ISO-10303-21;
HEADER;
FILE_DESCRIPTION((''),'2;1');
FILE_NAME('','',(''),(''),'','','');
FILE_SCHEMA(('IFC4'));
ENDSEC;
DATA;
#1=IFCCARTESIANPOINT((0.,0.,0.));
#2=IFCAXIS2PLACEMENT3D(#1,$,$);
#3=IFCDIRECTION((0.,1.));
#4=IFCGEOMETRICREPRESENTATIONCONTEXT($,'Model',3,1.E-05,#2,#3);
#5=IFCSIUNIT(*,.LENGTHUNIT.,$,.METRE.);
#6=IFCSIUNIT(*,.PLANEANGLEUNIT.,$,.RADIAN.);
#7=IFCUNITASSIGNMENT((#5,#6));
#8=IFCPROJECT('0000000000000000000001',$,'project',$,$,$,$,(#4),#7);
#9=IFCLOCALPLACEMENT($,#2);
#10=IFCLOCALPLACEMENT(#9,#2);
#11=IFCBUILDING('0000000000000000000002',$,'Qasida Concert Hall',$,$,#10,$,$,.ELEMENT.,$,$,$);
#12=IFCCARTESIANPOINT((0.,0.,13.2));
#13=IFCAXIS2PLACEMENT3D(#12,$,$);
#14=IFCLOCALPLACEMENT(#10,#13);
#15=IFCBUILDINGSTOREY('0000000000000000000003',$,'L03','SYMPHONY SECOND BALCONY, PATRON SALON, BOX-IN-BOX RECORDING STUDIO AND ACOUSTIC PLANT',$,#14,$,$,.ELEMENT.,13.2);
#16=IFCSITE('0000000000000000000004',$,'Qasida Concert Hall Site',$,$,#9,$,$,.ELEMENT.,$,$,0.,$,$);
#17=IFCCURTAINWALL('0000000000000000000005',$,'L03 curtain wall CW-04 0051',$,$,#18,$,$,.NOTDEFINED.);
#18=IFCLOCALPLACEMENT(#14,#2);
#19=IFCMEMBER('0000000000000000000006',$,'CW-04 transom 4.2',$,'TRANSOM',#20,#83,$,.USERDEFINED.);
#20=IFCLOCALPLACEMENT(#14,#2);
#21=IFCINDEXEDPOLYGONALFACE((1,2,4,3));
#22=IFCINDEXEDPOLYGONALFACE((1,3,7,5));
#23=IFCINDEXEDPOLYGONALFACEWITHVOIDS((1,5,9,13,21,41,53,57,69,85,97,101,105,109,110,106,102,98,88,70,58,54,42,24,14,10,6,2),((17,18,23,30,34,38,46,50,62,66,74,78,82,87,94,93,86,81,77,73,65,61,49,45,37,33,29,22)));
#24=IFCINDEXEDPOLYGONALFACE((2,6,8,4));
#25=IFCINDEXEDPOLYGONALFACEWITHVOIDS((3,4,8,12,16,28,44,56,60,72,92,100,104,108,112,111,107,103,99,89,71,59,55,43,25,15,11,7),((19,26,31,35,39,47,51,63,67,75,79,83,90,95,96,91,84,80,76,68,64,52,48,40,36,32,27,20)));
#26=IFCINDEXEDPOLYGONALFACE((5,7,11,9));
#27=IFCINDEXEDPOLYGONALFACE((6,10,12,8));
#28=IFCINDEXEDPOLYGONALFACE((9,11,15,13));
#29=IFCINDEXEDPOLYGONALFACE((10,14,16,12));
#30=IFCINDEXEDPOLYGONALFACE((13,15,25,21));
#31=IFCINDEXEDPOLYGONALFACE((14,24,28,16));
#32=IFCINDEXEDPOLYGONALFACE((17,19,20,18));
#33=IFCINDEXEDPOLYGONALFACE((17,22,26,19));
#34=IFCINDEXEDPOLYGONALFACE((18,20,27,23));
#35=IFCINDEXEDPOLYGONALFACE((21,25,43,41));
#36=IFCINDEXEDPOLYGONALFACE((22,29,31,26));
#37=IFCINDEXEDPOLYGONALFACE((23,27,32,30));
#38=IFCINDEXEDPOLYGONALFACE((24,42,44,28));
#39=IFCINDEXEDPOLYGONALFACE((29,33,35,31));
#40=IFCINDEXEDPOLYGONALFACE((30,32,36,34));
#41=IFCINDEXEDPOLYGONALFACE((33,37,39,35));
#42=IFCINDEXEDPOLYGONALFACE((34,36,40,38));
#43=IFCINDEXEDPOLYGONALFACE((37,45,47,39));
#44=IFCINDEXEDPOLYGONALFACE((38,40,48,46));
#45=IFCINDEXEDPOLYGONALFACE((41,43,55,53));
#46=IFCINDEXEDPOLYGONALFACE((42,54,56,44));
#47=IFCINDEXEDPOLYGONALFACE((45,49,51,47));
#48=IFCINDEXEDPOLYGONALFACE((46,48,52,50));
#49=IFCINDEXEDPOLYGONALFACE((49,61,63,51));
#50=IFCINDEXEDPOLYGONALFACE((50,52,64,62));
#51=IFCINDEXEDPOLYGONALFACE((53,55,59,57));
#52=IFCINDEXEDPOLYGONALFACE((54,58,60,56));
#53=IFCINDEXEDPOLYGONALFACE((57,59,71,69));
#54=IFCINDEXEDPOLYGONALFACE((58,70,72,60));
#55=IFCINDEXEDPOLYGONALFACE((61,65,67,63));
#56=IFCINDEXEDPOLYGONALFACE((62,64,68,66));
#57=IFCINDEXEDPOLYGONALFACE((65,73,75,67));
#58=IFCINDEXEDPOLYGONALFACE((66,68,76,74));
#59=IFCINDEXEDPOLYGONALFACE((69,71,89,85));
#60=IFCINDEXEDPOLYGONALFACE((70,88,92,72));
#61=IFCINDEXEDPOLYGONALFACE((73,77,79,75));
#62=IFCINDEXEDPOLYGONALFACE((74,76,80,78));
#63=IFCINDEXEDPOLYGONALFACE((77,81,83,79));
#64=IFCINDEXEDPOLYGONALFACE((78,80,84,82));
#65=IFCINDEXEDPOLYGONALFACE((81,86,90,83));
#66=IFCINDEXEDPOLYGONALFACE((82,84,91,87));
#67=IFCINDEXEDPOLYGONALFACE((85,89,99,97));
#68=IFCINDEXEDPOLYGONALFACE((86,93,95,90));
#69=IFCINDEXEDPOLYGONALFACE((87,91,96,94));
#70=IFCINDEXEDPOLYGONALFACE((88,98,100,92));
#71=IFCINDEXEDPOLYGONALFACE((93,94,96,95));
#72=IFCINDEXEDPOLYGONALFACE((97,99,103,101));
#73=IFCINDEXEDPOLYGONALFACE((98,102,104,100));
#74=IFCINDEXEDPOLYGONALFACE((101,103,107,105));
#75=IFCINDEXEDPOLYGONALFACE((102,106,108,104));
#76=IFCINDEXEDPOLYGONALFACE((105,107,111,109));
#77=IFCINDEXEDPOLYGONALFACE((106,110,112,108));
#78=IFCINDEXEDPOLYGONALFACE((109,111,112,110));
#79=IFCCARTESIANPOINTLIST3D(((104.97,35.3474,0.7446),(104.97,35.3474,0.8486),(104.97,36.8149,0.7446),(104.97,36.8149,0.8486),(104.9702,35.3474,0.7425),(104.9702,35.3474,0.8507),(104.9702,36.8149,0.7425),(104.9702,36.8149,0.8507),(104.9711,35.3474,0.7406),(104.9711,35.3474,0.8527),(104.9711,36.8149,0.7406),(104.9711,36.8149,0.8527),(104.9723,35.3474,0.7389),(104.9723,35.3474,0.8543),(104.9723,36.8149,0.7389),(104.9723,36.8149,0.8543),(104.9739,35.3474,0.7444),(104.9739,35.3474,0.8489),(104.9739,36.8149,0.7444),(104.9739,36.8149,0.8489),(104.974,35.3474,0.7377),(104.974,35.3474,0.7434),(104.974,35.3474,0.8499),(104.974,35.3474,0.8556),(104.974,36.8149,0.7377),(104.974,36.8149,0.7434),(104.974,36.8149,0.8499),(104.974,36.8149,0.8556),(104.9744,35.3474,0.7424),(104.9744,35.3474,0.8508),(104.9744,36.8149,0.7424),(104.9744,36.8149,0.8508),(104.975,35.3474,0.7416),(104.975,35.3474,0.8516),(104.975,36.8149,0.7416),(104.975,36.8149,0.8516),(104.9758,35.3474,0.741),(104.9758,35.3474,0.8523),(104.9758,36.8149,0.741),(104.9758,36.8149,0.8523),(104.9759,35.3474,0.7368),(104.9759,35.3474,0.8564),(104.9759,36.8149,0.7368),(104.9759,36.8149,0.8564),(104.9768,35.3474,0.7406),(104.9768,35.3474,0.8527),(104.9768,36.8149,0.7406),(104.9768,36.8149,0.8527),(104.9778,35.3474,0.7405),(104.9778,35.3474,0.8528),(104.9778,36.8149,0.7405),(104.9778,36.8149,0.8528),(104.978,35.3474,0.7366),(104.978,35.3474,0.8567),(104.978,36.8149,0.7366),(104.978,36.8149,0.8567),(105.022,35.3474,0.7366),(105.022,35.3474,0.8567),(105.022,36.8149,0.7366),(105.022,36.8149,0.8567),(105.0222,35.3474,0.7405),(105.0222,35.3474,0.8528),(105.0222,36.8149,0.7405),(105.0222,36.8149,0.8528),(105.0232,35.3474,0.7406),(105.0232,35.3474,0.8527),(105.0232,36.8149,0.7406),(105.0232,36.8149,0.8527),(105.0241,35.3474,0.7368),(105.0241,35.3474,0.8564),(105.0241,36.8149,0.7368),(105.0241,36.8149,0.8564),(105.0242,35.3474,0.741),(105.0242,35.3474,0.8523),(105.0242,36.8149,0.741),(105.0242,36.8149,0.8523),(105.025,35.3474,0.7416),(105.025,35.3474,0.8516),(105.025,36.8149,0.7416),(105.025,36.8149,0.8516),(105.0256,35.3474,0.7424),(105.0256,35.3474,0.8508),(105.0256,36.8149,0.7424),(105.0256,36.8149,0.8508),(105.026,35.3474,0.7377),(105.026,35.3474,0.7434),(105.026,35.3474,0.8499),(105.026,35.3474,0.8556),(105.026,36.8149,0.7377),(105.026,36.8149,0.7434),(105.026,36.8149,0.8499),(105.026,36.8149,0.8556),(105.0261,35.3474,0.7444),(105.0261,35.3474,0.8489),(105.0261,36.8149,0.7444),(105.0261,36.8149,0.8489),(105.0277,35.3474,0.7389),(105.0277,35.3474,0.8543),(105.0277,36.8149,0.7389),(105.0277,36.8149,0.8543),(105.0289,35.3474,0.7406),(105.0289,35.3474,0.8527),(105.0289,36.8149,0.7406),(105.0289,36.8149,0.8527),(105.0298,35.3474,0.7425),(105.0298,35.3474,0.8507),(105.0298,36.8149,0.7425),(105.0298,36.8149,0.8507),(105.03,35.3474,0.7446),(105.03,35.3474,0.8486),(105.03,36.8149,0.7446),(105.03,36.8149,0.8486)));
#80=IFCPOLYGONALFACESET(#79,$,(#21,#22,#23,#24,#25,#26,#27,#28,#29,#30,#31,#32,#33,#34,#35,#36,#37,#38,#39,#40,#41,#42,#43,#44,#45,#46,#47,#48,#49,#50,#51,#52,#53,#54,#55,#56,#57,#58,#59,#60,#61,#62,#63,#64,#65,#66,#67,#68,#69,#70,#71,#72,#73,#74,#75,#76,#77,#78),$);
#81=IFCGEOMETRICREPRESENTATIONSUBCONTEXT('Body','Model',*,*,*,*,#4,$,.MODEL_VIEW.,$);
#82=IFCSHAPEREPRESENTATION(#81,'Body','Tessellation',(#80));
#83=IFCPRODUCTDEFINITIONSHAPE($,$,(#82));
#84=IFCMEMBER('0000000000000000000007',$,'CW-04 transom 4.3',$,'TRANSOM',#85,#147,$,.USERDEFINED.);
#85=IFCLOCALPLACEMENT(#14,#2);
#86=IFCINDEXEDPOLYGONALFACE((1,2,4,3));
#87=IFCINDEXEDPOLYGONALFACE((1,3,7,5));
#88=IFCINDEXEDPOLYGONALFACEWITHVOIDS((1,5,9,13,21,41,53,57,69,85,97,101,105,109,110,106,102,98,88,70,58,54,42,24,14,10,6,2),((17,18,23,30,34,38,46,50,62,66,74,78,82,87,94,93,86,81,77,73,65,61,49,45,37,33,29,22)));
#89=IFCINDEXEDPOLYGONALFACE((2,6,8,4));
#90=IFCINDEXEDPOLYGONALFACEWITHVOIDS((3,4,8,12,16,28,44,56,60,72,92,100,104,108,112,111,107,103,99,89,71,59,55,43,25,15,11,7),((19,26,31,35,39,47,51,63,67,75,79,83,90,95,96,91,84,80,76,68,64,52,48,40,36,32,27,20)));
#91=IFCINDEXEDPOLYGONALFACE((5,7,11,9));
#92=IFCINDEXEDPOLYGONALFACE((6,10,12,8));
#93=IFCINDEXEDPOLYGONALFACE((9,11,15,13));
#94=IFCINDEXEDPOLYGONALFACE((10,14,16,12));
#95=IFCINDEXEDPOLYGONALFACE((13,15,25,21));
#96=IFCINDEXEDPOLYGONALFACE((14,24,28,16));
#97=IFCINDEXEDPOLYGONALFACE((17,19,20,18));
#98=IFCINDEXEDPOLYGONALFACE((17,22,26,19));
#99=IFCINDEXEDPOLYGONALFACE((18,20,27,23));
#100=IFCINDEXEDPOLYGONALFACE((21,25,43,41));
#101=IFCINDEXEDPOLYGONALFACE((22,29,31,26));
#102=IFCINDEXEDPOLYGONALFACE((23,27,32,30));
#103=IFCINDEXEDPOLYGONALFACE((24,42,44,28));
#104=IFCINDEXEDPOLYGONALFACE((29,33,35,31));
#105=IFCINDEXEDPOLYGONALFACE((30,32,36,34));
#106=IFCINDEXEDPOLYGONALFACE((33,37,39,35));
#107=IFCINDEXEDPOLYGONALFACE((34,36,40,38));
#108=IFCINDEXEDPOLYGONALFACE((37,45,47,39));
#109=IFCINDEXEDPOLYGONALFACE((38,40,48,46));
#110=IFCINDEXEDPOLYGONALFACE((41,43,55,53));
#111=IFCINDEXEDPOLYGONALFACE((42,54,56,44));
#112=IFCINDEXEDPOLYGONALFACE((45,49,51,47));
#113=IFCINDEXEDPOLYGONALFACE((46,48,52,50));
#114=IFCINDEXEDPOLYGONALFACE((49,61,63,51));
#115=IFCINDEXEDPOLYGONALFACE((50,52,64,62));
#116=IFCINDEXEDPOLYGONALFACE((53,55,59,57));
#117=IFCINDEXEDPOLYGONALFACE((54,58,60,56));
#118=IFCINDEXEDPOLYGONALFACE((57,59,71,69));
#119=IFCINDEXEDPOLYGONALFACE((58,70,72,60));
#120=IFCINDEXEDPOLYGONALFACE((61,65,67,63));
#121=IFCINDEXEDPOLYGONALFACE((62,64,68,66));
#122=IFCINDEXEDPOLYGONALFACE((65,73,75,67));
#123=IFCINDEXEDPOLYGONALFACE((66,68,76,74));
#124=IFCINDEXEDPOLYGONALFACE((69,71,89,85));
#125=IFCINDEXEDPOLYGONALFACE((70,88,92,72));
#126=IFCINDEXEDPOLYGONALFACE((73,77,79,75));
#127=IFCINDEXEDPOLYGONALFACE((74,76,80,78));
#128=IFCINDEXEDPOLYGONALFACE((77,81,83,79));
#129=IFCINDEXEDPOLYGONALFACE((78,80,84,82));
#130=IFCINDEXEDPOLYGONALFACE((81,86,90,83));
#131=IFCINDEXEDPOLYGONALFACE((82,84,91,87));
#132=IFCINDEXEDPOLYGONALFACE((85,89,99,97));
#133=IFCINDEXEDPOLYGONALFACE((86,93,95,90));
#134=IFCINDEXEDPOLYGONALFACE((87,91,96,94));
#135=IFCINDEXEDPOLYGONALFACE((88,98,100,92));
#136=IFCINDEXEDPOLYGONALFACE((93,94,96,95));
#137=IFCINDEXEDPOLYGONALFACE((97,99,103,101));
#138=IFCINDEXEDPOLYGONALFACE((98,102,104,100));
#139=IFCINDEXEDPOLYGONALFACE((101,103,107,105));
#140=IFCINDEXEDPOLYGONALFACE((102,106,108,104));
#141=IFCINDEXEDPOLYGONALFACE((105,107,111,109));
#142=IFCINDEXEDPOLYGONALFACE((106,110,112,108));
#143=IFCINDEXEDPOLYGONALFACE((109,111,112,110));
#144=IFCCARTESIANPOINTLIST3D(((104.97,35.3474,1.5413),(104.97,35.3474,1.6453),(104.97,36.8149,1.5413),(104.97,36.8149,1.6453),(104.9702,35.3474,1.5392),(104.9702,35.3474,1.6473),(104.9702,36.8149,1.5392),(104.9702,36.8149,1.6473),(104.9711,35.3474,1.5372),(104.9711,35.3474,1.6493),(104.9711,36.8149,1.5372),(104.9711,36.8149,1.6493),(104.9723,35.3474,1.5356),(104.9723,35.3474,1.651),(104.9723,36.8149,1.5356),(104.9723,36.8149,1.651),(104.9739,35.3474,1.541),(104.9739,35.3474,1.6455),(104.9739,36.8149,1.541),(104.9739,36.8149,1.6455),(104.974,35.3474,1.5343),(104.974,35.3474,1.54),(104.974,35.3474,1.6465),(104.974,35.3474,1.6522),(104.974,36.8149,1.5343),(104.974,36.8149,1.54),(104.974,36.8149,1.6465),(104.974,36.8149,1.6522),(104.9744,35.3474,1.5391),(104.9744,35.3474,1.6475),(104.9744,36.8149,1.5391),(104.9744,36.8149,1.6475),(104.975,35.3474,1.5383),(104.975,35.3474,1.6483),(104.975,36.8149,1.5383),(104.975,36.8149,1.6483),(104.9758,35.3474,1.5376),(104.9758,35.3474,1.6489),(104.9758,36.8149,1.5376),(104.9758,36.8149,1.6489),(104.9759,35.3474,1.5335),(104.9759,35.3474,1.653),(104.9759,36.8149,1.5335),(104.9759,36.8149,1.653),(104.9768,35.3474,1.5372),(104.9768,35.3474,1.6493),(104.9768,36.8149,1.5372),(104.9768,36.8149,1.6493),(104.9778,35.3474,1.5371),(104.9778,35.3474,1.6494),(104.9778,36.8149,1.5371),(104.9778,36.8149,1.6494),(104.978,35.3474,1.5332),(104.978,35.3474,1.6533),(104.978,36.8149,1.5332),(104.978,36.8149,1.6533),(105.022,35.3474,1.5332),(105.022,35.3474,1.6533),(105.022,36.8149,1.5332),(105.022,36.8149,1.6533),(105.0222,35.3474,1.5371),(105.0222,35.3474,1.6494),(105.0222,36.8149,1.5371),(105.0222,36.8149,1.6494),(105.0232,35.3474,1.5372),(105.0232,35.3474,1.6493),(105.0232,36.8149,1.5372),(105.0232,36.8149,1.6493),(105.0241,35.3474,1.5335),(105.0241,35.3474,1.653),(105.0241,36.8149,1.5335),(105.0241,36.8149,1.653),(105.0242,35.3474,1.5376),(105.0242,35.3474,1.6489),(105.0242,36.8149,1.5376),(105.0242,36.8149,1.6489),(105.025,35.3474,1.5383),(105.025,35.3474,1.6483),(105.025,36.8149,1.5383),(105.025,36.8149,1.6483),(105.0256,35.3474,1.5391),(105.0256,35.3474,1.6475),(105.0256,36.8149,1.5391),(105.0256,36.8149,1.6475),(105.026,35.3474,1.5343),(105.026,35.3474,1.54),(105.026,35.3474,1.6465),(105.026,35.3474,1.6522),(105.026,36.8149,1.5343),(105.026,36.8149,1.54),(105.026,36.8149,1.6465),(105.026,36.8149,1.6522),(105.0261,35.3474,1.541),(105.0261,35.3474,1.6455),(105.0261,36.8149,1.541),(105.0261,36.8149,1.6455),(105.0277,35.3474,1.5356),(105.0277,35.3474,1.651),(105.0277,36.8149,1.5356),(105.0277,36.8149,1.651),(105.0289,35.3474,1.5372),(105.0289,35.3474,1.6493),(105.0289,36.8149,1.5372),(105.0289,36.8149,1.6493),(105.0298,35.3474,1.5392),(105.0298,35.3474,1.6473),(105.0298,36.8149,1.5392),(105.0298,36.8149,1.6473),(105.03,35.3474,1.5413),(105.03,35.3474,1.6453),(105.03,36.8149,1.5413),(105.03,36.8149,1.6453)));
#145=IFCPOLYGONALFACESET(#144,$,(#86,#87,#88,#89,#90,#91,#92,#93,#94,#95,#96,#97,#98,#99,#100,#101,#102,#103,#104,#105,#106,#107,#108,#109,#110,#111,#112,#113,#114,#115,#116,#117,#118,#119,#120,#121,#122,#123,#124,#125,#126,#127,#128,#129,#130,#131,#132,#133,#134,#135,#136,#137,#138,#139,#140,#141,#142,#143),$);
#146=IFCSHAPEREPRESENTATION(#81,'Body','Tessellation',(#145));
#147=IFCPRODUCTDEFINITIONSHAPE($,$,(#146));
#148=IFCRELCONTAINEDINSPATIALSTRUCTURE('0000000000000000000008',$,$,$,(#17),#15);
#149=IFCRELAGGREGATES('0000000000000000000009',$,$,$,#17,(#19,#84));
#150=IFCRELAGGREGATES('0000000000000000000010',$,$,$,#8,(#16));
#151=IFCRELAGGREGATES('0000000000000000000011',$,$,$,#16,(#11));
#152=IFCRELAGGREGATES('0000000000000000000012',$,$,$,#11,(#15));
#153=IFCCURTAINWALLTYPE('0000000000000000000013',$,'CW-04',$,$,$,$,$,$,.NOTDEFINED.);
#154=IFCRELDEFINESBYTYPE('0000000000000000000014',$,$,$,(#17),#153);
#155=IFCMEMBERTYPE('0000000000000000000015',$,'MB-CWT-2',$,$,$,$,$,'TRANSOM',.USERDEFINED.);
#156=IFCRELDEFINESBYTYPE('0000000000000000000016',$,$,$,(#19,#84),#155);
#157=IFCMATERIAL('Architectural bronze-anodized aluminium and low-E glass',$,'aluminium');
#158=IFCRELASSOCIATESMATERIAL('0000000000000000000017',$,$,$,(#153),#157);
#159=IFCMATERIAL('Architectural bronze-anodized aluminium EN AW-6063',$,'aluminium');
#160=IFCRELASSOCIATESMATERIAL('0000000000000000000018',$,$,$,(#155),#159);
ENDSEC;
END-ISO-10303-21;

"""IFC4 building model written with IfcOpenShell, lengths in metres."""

from ifc_helpers import new_model, si_unit, direction, frame, origin, origin_2d, place, context, subcontext, project, spatial, hollow_rectangle, extrude, material, material_profile, profile_set, type_object, element, aggregate, save


model = new_model("IFC4")

# Units and contexts
model_context = context("Model", 3, precision=1e-05, world=origin(), true_north=direction((0.0, 1.0)))
body_context = subcontext(model_context, "Body", "Model", "MODEL_VIEW")
ifc_project = project(units=[si_unit("LENGTHUNIT", "METRE"), si_unit("PLANEANGLEUNIT", "RADIAN")], contexts=[model_context])

# Site, building, storey
site_placement = place(None, origin())
site = spatial("IfcSite", under=ifc_project, at=site_placement, Name="Qasida Concert Hall Site", CompositionType="ELEMENT", RefElevation=0.0)
building_placement = place(site_placement, origin())
building = spatial("IfcBuilding", under=site, at=building_placement, Name="Qasida Concert Hall", CompositionType="ELEMENT")
storey_placement = place(building_placement, frame((0.0, 0.0, 13.2)))
storey = spatial("IfcBuildingStorey", under=building, at=storey_placement, Name="L03", Description="SYMPHONY SECOND BALCONY, PATRON SALON, BOX-IN-BOX RECORDING STUDIO AND ACOUSTIC PLANT", CompositionType="ELEMENT", Elevation=13.2)

# Curtain wall
ifc_material_1 = material(Name="Architectural bronze-anodized aluminium and low-E glass", Category="aluminium")
curtain_wall_type = type_object("IfcCurtainWallType", Name="CW-04", PredefinedType="NOTDEFINED", material=ifc_material_1)
curtain_wall_1_placement = place(storey_placement, origin())
curtain_wall_1 = element("IfcCurtainWall", 1, at=curtain_wall_1_placement, inside=storey, type_object=curtain_wall_type, Name="L03 curtain wall CW-04 0051", PredefinedType="NOTDEFINED")
ifc_material_2 = material(Name="Architectural bronze-anodized aluminium EN AW-6063", Category="aluminium")

# Members
ifc_material_profile_1 = material_profile(ifc_material_2, hollow_rectangle(XDim=0.0601, YDim=0.1201, WallThickness=0.0039, InnerFilletRadius=0.0039, OuterFilletRadius=0.0081, at=origin_2d()), Name="CWT 120x60x4")
ifc_profile_set_1 = profile_set([ifc_material_profile_1], Name="Architectural bronze-anodized aluminium EN AW-6063")
member_type_1 = type_object("IfcMemberType", Name="MB-CWT-2", ElementType="TRANSOM", PredefinedType="USERDEFINED", material=ifc_profile_set_1)
member_1_placement = place(storey_placement, frame((105.0, 35.3474, 0.7966), z_axis=(0.0, 1.0, 0.0), x_axis=(-1.0, 0.0, 0.0)))
member_1 = element("IfcMember", 2, at=member_1_placement, type_object=member_type_1, Name="CW-04 transom 4.2", ObjectType="TRANSOM", PredefinedType="USERDEFINED", context=body_context, shape_type="SweptSolid", body=[
    extrude(hollow_rectangle(XDim=0.0601, YDim=0.1201, WallThickness=0.0039, InnerFilletRadius=0.0039, OuterFilletRadius=0.0081, at=origin_2d()), origin(), (0.0, 0.0, 1.0), 1.4675),
])
member_2_placement = place(storey_placement, frame((105.0, 35.3474, 1.5933), z_axis=(0.0, 1.0, 0.0), x_axis=(-1.0, 0.0, 0.0)))
member_2 = element("IfcMember", 3, at=member_2_placement, type_object=member_type_1, Name="CW-04 transom 4.3", ObjectType="TRANSOM", PredefinedType="USERDEFINED", context=body_context, shape_type="SweptSolid", body=[
    extrude(hollow_rectangle(XDim=0.0601, YDim=0.1201, WallThickness=0.0039, InnerFilletRadius=0.0039, OuterFilletRadius=0.0081, at=origin_2d()), origin(), (0.0, 0.0, 1.0), 1.4675),
])

aggregate(curtain_wall_1, [member_1, member_2])

save(model, "model.ifc")
